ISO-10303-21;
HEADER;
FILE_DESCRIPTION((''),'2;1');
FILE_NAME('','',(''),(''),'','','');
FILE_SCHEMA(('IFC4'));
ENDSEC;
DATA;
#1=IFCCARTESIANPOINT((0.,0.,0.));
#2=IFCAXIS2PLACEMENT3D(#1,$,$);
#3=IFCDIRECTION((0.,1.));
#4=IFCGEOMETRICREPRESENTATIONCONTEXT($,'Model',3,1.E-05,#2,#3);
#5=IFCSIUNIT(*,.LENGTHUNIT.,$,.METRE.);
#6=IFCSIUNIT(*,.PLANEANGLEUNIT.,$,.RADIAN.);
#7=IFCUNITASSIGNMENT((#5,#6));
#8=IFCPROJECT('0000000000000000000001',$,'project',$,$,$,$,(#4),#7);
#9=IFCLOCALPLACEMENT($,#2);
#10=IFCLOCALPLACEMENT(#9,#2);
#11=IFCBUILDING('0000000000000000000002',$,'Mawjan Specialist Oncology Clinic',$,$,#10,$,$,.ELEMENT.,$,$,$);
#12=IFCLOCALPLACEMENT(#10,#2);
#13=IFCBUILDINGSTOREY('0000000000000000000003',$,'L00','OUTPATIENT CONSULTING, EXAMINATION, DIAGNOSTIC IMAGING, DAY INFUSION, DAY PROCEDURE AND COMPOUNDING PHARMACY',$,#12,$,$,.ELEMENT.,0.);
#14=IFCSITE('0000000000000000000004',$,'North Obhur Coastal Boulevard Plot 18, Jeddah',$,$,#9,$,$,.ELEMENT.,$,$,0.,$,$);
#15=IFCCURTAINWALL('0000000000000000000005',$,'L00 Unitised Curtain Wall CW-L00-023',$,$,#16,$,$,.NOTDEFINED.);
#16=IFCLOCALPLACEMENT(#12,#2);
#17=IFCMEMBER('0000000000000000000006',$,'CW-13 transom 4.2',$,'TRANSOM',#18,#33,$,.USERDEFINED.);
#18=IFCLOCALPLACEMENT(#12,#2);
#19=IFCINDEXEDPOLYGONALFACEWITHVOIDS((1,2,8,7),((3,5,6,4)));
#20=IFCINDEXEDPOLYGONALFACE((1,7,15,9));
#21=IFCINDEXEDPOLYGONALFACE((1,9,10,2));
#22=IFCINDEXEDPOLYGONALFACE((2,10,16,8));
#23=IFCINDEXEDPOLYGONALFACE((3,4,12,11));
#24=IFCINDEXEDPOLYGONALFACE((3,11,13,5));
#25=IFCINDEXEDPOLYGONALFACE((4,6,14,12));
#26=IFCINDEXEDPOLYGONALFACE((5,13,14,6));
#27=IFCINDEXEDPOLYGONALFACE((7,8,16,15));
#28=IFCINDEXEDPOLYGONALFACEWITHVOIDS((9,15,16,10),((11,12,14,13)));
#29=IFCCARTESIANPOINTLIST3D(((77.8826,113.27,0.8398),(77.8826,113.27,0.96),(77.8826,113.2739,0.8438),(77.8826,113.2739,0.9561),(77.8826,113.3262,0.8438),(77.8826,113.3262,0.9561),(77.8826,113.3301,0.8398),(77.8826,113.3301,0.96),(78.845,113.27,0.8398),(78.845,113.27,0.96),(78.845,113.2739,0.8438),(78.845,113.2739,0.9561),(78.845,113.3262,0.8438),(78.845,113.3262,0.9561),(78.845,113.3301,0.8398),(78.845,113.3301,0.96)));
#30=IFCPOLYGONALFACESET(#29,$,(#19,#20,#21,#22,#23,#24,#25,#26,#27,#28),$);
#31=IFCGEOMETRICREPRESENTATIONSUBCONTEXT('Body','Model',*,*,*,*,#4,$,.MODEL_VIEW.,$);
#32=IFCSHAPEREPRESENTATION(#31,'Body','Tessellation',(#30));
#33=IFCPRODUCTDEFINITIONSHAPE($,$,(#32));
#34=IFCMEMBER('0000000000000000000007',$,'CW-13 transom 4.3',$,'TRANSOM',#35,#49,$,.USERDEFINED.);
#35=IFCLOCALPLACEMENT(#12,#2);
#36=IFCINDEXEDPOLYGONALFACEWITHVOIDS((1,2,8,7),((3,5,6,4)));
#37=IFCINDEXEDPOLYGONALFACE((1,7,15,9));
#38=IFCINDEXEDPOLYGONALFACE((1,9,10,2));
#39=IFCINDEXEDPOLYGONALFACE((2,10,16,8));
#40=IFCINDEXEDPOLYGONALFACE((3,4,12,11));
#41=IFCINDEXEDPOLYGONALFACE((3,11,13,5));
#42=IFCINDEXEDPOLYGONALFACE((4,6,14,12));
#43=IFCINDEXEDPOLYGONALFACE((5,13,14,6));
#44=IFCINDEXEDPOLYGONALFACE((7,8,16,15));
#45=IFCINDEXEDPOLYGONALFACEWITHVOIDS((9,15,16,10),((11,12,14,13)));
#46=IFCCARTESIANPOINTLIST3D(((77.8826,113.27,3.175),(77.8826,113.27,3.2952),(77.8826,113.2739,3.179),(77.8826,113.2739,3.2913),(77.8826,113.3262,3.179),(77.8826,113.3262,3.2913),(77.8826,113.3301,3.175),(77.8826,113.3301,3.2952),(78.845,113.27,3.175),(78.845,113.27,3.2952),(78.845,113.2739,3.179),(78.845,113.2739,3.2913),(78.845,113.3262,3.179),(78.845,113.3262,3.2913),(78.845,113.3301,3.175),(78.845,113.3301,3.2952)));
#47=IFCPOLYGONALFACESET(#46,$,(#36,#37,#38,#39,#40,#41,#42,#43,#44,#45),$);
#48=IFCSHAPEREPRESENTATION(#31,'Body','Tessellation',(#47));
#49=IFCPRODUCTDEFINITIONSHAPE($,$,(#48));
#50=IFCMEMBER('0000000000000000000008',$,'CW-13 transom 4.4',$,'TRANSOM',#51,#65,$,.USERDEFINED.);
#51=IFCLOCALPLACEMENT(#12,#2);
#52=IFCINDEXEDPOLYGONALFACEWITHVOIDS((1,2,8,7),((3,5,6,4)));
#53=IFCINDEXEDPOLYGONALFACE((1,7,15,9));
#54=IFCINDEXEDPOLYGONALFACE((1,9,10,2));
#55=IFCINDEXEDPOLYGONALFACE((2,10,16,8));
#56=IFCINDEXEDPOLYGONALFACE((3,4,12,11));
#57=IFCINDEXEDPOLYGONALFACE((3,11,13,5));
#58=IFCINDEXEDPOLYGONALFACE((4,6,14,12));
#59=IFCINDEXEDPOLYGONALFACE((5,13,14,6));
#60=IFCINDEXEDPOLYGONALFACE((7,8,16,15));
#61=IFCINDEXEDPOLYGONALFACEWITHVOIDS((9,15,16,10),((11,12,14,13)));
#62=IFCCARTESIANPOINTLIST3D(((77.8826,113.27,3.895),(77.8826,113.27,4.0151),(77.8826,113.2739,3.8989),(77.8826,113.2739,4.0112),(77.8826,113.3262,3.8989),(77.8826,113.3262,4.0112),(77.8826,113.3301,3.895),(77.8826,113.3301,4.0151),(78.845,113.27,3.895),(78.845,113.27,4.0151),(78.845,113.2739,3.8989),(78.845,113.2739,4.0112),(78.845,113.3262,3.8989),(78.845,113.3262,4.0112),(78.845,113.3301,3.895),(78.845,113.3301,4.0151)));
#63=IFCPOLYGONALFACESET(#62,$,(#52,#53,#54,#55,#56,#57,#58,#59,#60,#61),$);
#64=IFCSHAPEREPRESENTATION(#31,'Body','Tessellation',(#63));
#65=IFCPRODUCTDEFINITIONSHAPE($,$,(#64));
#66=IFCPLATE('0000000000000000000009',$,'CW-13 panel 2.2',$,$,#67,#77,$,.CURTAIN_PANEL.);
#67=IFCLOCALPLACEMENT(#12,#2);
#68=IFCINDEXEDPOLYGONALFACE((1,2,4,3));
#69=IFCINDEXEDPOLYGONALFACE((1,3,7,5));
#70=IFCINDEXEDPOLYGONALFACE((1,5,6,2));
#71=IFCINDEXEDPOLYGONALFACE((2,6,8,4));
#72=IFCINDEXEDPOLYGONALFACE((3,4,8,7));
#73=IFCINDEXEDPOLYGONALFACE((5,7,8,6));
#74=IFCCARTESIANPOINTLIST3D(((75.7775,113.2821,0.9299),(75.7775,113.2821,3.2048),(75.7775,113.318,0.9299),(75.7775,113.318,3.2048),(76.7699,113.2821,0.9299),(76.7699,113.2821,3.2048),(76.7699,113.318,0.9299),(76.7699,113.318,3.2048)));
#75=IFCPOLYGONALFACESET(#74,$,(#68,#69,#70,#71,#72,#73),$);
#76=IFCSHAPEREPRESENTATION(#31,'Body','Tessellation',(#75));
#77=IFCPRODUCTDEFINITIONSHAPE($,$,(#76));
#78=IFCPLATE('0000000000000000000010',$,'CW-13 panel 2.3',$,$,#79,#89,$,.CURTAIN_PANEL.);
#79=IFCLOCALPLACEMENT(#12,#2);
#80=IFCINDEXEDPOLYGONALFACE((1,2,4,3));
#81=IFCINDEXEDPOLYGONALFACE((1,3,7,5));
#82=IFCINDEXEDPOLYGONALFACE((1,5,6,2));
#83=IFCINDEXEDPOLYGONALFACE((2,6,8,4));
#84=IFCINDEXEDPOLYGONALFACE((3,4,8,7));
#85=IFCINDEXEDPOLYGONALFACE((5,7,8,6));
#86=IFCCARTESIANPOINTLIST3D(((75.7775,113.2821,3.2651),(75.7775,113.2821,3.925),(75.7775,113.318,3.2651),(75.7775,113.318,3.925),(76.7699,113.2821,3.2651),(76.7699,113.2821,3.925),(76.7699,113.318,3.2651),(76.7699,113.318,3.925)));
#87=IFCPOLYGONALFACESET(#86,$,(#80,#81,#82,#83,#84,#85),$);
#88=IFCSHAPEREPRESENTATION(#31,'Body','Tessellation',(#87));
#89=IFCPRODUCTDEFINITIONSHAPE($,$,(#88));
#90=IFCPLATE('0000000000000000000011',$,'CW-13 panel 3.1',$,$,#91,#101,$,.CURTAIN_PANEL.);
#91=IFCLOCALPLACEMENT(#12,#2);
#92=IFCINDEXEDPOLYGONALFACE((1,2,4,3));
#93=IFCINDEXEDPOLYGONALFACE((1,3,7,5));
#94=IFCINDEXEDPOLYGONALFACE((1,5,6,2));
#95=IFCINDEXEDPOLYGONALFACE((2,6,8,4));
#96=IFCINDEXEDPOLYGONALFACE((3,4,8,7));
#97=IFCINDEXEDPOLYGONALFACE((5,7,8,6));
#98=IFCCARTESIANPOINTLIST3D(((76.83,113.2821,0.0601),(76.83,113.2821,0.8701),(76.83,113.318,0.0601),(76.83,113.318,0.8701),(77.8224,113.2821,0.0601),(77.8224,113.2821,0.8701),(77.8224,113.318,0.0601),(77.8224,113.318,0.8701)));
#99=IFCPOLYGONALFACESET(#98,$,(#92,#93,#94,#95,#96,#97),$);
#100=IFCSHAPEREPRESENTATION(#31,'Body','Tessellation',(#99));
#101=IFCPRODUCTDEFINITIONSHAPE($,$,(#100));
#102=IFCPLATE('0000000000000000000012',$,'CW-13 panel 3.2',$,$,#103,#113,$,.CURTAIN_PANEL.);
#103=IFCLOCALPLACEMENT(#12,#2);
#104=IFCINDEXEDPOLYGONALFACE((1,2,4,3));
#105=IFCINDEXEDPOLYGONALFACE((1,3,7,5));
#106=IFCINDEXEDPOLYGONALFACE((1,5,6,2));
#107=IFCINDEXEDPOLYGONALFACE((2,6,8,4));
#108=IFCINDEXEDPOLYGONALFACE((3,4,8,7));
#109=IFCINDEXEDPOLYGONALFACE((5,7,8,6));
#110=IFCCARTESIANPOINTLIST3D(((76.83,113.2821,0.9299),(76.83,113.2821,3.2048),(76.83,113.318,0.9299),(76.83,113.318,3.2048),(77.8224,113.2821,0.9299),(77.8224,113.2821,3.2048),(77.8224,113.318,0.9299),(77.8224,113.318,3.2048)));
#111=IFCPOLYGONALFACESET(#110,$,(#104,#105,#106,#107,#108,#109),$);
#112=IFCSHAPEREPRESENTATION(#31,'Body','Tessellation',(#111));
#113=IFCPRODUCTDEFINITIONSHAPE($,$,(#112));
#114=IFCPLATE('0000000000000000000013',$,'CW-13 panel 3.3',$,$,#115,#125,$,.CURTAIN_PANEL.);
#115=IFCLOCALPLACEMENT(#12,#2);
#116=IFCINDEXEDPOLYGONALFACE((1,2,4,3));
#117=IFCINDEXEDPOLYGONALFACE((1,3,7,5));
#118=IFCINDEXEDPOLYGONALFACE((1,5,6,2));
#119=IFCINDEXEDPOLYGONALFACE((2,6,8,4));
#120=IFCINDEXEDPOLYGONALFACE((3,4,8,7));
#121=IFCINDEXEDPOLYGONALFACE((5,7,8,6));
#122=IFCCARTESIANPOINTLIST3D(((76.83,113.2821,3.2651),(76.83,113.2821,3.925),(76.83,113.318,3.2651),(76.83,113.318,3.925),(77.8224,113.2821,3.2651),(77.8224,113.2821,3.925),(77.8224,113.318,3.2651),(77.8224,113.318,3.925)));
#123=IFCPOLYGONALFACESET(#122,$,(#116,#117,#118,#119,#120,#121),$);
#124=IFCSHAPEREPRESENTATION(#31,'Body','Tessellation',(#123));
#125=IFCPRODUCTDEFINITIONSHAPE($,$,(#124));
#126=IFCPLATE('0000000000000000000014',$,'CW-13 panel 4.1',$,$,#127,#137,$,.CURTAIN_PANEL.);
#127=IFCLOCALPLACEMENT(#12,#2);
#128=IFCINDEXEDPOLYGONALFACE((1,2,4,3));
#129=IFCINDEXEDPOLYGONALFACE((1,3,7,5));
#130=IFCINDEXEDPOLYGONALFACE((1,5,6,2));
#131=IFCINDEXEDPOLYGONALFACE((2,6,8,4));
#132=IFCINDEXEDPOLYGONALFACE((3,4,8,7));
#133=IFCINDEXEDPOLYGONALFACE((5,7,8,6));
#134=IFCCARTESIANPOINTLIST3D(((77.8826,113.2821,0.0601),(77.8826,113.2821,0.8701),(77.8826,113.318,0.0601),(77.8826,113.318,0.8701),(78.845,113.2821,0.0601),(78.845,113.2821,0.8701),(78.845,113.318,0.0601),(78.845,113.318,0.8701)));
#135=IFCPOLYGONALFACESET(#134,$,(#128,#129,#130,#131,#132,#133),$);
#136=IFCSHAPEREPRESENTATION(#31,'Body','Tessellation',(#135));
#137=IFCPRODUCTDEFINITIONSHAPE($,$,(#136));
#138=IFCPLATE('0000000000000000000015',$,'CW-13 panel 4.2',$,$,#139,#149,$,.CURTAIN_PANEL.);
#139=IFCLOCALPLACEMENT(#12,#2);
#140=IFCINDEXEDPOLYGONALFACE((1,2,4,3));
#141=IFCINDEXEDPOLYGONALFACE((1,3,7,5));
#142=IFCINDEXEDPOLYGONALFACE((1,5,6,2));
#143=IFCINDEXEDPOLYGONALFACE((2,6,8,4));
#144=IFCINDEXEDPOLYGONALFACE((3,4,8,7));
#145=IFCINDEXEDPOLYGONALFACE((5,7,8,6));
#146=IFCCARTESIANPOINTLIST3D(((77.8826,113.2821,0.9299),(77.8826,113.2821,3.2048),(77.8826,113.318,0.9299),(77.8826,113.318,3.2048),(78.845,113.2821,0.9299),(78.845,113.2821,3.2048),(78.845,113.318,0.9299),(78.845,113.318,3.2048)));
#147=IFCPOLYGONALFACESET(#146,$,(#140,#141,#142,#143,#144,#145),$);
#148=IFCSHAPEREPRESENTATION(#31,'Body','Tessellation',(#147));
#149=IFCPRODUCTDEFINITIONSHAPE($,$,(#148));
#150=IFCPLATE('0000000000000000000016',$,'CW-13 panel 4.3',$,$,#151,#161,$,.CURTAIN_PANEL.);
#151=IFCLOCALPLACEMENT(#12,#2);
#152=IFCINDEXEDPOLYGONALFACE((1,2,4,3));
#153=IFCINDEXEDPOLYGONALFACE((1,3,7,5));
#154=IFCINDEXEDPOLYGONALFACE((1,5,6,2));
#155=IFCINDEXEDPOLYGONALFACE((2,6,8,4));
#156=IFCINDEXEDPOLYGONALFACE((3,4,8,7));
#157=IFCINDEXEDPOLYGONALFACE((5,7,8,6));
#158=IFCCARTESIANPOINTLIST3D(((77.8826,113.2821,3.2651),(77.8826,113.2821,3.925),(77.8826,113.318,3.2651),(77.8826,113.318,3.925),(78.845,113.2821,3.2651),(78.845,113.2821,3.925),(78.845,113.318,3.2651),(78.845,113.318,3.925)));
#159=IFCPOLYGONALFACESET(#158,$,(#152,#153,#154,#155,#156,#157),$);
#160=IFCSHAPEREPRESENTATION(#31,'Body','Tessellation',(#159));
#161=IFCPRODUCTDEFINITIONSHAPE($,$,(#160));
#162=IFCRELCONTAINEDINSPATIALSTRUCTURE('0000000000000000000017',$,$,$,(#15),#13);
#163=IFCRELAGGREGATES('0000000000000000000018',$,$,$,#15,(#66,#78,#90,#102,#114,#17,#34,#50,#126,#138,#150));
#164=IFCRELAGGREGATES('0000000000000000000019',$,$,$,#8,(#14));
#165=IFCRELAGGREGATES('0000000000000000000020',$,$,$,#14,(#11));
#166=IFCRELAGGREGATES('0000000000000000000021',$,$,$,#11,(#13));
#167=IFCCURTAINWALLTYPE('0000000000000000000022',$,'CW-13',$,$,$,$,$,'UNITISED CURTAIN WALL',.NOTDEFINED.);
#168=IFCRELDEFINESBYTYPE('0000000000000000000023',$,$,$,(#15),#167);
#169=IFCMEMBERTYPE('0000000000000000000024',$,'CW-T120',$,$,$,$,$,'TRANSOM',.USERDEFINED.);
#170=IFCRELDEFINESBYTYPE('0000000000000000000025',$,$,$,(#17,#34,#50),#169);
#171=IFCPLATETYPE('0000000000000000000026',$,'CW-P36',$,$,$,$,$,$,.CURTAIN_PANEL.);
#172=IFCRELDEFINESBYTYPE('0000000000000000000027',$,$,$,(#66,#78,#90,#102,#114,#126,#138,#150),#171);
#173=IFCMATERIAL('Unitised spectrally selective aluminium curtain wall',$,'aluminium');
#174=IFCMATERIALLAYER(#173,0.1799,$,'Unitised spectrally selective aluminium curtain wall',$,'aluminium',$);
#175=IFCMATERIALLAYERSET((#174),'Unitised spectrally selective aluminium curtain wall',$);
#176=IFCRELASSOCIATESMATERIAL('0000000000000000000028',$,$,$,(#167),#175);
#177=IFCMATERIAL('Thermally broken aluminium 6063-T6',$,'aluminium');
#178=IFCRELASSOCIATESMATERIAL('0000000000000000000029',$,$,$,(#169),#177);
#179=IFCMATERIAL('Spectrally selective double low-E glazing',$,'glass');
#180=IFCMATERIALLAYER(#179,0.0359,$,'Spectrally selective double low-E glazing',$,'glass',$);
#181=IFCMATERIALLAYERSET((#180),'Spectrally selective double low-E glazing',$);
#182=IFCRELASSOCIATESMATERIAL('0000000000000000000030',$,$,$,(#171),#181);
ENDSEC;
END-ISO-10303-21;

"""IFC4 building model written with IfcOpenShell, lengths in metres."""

from ifc_helpers import new_model, si_unit, direction, frame, origin, origin_2d, place, context, subcontext, project, spatial, rectangle, hollow_rectangle, extrude, material, layer, layer_set, material_profile, profile_set, type_object, element, aggregate, save


model = new_model("IFC4")

# Units and contexts
model_context = context("Model", 3, precision=1e-05, world=origin(), true_north=direction((0.0, 1.0)))
body_context = subcontext(model_context, "Body", "Model", "MODEL_VIEW")
ifc_project = project(units=[si_unit("LENGTHUNIT", "METRE"), si_unit("PLANEANGLEUNIT", "RADIAN")], contexts=[model_context])

# Site, building, storey
site_placement = place(None, origin())
site = spatial("IfcSite", under=ifc_project, at=site_placement, Name="North Obhur Coastal Boulevard Plot 18, Jeddah", CompositionType="ELEMENT", RefElevation=0.0)
building_placement = place(site_placement, origin())
building = spatial("IfcBuilding", under=site, at=building_placement, Name="Mawjan Specialist Oncology Clinic", CompositionType="ELEMENT")
storey_placement = place(building_placement, origin())
storey = spatial("IfcBuildingStorey", under=building, at=storey_placement, Name="L00", Description="OUTPATIENT CONSULTING, EXAMINATION, DIAGNOSTIC IMAGING, DAY INFUSION, DAY PROCEDURE AND COMPOUNDING PHARMACY", CompositionType="ELEMENT", Elevation=0.0)

# Curtain wall, members, plates
ifc_material_1 = material(Name="Unitised spectrally selective aluminium curtain wall", Category="aluminium")
ifc_layer_1 = layer(ifc_material_1, 0.1799, Name="Unitised spectrally selective aluminium curtain wall", Category="aluminium")
ifc_layer_set_1 = layer_set([ifc_layer_1], Name="Unitised spectrally selective aluminium curtain wall")
curtain_wall_type = type_object("IfcCurtainWallType", Name="CW-13", ElementType="UNITISED CURTAIN WALL", PredefinedType="NOTDEFINED", material=ifc_layer_set_1)
curtain_wall_placement = place(storey_placement, origin())
curtain_wall = element("IfcCurtainWall", 1, at=curtain_wall_placement, inside=storey, type_object=curtain_wall_type, Name="L00 Unitised Curtain Wall CW-L00-023", PredefinedType="NOTDEFINED")
ifc_material_2 = material(Name="Thermally broken aluminium 6063-T6", Category="aluminium")
ifc_material_profile_1 = material_profile(ifc_material_2, hollow_rectangle(XDim=0.0601, YDim=0.1201, WallThickness=0.0039, at=origin_2d()), Name="ALU TRANSOM 120x60x4", Category="aluminium")
ifc_profile_set_1 = profile_set([ifc_material_profile_1], Name="Thermally broken aluminium 6063-T6")
member_type_1 = type_object("IfcMemberType", Name="CW-T120", ElementType="TRANSOM", PredefinedType="USERDEFINED", material=ifc_profile_set_1)
member_1_placement = place(storey_placement, frame((77.8826, 113.3, 0.8999), z_axis=(1.0, 0.0, 0.0), x_axis=(0.0, 1.0, 0.0)))
member_1 = element("IfcMember", 2, at=member_1_placement, type_object=member_type_1, Name="CW-13 transom 4.2", ObjectType="TRANSOM", PredefinedType="USERDEFINED", context=body_context, shape_type="SweptSolid", body=[
    extrude(hollow_rectangle(XDim=0.0601, YDim=0.1201, WallThickness=0.0039, at=origin_2d()), origin(), (0.0, 0.0, 1.0), 0.9624),
])
member_2_placement = place(storey_placement, frame((77.8826, 113.3, 3.2351), z_axis=(1.0, 0.0, 0.0), x_axis=(0.0, 1.0, 0.0)))
member_2 = element("IfcMember", 3, at=member_2_placement, type_object=member_type_1, Name="CW-13 transom 4.3", ObjectType="TRANSOM", PredefinedType="USERDEFINED", context=body_context, shape_type="SweptSolid", body=[
    extrude(hollow_rectangle(XDim=0.0601, YDim=0.1201, WallThickness=0.0039, at=origin_2d()), origin(), (0.0, 0.0, 1.0), 0.9624),
])
member_3_placement = place(storey_placement, frame((77.8826, 113.3, 3.9551), z_axis=(1.0, 0.0, 0.0), x_axis=(0.0, 1.0, 0.0)))
member_3 = element("IfcMember", 4, at=member_3_placement, type_object=member_type_1, Name="CW-13 transom 4.4", ObjectType="TRANSOM", PredefinedType="USERDEFINED", context=body_context, shape_type="SweptSolid", body=[
    extrude(hollow_rectangle(XDim=0.0601, YDim=0.1201, WallThickness=0.0039, at=origin_2d()), origin(), (0.0, 0.0, 1.0), 0.9624),
])
ifc_material_3 = material(Name="Spectrally selective double low-E glazing", Category="glass")
ifc_layer_2 = layer(ifc_material_3, 0.0359, Name="Spectrally selective double low-E glazing", Category="glass")
ifc_layer_set_2 = layer_set([ifc_layer_2], Name="Spectrally selective double low-E glazing")
plate_type = type_object("IfcPlateType", Name="CW-P36", PredefinedType="CURTAIN_PANEL", material=ifc_layer_set_2)
plate_1_placement = place(storey_placement, frame((76.2737, 113.3, 0.9299), z_axis=(0.0, 0.0, 1.0), x_axis=(1.0, 0.0, 0.0)))
plate_1 = element("IfcPlate", 5, at=plate_1_placement, type_object=plate_type, Name="CW-13 panel 2.2", PredefinedType="CURTAIN_PANEL", context=body_context, shape_type="SweptSolid", body=[
    extrude(rectangle(XDim=0.9924, YDim=0.0359, at=origin_2d()), origin(), (0.0, 0.0, 1.0), 2.2749),
])
plate_2_placement = place(storey_placement, frame((76.2737, 113.3, 3.2651), z_axis=(0.0, 0.0, 1.0), x_axis=(1.0, 0.0, 0.0)))
plate_2 = element("IfcPlate", 6, at=plate_2_placement, type_object=plate_type, Name="CW-13 panel 2.3", PredefinedType="CURTAIN_PANEL", context=body_context, shape_type="SweptSolid", body=[
    extrude(rectangle(XDim=0.9924, YDim=0.0359, at=origin_2d()), origin(), (0.0, 0.0, 1.0), 0.6599),
])
plate_3_placement = place(storey_placement, frame((77.3262, 113.3, 0.0601), z_axis=(0.0, 0.0, 1.0), x_axis=(1.0, 0.0, 0.0)))
plate_3 = element("IfcPlate", 7, at=plate_3_placement, type_object=plate_type, Name="CW-13 panel 3.1", PredefinedType="CURTAIN_PANEL", context=body_context, shape_type="SweptSolid", body=[
    extrude(rectangle(XDim=0.9924, YDim=0.0359, at=origin_2d()), origin(), (0.0, 0.0, 1.0), 0.8101),
])
plate_4_placement = place(storey_placement, frame((77.3262, 113.3, 0.9299), z_axis=(0.0, 0.0, 1.0), x_axis=(1.0, 0.0, 0.0)))
plate_4 = element("IfcPlate", 8, at=plate_4_placement, type_object=plate_type, Name="CW-13 panel 3.2", PredefinedType="CURTAIN_PANEL", context=body_context, shape_type="SweptSolid", body=[
    extrude(rectangle(XDim=0.9924, YDim=0.0359, at=origin_2d()), origin(), (0.0, 0.0, 1.0), 2.2749),
])
plate_5_placement = place(storey_placement, frame((77.3262, 113.3, 3.2651), z_axis=(0.0, 0.0, 1.0), x_axis=(1.0, 0.0, 0.0)))
plate_5 = element("IfcPlate", 9, at=plate_5_placement, type_object=plate_type, Name="CW-13 panel 3.3", PredefinedType="CURTAIN_PANEL", context=body_context, shape_type="SweptSolid", body=[
    extrude(rectangle(XDim=0.9924, YDim=0.0359, at=origin_2d()), origin(), (0.0, 0.0, 1.0), 0.6599),
])
plate_6_placement = place(storey_placement, frame((78.3638, 113.3, 0.0601), z_axis=(0.0, 0.0, 1.0), x_axis=(1.0, 0.0, 0.0)))
plate_6 = element("IfcPlate", 10, at=plate_6_placement, type_object=plate_type, Name="CW-13 panel 4.1", PredefinedType="CURTAIN_PANEL", context=body_context, shape_type="SweptSolid", body=[
    extrude(rectangle(XDim=0.9624, YDim=0.0359, at=origin_2d()), origin(), (0.0, 0.0, 1.0), 0.8101),
])
plate_7_placement = place(storey_placement, frame((78.3638, 113.3, 0.9299), z_axis=(0.0, 0.0, 1.0), x_axis=(1.0, 0.0, 0.0)))
plate_7 = element("IfcPlate", 11, at=plate_7_placement, type_object=plate_type, Name="CW-13 panel 4.2", PredefinedType="CURTAIN_PANEL", context=body_context, shape_type="SweptSolid", body=[
    extrude(rectangle(XDim=0.9624, YDim=0.0359, at=origin_2d()), origin(), (0.0, 0.0, 1.0), 2.2749),
])
plate_8_placement = place(storey_placement, frame((78.3638, 113.3, 3.2651), z_axis=(0.0, 0.0, 1.0), x_axis=(1.0, 0.0, 0.0)))
plate_8 = element("IfcPlate", 12, at=plate_8_placement, type_object=plate_type, Name="CW-13 panel 4.3", PredefinedType="CURTAIN_PANEL", context=body_context, shape_type="SweptSolid", body=[
    extrude(rectangle(XDim=0.9624, YDim=0.0359, at=origin_2d()), origin(), (0.0, 0.0, 1.0), 0.6599),
])
aggregate(curtain_wall, [plate_1, plate_2, plate_3, plate_4, plate_5, member_1, member_2, member_3, plate_6, plate_7, plate_8])

save(model, "model.ifc")
